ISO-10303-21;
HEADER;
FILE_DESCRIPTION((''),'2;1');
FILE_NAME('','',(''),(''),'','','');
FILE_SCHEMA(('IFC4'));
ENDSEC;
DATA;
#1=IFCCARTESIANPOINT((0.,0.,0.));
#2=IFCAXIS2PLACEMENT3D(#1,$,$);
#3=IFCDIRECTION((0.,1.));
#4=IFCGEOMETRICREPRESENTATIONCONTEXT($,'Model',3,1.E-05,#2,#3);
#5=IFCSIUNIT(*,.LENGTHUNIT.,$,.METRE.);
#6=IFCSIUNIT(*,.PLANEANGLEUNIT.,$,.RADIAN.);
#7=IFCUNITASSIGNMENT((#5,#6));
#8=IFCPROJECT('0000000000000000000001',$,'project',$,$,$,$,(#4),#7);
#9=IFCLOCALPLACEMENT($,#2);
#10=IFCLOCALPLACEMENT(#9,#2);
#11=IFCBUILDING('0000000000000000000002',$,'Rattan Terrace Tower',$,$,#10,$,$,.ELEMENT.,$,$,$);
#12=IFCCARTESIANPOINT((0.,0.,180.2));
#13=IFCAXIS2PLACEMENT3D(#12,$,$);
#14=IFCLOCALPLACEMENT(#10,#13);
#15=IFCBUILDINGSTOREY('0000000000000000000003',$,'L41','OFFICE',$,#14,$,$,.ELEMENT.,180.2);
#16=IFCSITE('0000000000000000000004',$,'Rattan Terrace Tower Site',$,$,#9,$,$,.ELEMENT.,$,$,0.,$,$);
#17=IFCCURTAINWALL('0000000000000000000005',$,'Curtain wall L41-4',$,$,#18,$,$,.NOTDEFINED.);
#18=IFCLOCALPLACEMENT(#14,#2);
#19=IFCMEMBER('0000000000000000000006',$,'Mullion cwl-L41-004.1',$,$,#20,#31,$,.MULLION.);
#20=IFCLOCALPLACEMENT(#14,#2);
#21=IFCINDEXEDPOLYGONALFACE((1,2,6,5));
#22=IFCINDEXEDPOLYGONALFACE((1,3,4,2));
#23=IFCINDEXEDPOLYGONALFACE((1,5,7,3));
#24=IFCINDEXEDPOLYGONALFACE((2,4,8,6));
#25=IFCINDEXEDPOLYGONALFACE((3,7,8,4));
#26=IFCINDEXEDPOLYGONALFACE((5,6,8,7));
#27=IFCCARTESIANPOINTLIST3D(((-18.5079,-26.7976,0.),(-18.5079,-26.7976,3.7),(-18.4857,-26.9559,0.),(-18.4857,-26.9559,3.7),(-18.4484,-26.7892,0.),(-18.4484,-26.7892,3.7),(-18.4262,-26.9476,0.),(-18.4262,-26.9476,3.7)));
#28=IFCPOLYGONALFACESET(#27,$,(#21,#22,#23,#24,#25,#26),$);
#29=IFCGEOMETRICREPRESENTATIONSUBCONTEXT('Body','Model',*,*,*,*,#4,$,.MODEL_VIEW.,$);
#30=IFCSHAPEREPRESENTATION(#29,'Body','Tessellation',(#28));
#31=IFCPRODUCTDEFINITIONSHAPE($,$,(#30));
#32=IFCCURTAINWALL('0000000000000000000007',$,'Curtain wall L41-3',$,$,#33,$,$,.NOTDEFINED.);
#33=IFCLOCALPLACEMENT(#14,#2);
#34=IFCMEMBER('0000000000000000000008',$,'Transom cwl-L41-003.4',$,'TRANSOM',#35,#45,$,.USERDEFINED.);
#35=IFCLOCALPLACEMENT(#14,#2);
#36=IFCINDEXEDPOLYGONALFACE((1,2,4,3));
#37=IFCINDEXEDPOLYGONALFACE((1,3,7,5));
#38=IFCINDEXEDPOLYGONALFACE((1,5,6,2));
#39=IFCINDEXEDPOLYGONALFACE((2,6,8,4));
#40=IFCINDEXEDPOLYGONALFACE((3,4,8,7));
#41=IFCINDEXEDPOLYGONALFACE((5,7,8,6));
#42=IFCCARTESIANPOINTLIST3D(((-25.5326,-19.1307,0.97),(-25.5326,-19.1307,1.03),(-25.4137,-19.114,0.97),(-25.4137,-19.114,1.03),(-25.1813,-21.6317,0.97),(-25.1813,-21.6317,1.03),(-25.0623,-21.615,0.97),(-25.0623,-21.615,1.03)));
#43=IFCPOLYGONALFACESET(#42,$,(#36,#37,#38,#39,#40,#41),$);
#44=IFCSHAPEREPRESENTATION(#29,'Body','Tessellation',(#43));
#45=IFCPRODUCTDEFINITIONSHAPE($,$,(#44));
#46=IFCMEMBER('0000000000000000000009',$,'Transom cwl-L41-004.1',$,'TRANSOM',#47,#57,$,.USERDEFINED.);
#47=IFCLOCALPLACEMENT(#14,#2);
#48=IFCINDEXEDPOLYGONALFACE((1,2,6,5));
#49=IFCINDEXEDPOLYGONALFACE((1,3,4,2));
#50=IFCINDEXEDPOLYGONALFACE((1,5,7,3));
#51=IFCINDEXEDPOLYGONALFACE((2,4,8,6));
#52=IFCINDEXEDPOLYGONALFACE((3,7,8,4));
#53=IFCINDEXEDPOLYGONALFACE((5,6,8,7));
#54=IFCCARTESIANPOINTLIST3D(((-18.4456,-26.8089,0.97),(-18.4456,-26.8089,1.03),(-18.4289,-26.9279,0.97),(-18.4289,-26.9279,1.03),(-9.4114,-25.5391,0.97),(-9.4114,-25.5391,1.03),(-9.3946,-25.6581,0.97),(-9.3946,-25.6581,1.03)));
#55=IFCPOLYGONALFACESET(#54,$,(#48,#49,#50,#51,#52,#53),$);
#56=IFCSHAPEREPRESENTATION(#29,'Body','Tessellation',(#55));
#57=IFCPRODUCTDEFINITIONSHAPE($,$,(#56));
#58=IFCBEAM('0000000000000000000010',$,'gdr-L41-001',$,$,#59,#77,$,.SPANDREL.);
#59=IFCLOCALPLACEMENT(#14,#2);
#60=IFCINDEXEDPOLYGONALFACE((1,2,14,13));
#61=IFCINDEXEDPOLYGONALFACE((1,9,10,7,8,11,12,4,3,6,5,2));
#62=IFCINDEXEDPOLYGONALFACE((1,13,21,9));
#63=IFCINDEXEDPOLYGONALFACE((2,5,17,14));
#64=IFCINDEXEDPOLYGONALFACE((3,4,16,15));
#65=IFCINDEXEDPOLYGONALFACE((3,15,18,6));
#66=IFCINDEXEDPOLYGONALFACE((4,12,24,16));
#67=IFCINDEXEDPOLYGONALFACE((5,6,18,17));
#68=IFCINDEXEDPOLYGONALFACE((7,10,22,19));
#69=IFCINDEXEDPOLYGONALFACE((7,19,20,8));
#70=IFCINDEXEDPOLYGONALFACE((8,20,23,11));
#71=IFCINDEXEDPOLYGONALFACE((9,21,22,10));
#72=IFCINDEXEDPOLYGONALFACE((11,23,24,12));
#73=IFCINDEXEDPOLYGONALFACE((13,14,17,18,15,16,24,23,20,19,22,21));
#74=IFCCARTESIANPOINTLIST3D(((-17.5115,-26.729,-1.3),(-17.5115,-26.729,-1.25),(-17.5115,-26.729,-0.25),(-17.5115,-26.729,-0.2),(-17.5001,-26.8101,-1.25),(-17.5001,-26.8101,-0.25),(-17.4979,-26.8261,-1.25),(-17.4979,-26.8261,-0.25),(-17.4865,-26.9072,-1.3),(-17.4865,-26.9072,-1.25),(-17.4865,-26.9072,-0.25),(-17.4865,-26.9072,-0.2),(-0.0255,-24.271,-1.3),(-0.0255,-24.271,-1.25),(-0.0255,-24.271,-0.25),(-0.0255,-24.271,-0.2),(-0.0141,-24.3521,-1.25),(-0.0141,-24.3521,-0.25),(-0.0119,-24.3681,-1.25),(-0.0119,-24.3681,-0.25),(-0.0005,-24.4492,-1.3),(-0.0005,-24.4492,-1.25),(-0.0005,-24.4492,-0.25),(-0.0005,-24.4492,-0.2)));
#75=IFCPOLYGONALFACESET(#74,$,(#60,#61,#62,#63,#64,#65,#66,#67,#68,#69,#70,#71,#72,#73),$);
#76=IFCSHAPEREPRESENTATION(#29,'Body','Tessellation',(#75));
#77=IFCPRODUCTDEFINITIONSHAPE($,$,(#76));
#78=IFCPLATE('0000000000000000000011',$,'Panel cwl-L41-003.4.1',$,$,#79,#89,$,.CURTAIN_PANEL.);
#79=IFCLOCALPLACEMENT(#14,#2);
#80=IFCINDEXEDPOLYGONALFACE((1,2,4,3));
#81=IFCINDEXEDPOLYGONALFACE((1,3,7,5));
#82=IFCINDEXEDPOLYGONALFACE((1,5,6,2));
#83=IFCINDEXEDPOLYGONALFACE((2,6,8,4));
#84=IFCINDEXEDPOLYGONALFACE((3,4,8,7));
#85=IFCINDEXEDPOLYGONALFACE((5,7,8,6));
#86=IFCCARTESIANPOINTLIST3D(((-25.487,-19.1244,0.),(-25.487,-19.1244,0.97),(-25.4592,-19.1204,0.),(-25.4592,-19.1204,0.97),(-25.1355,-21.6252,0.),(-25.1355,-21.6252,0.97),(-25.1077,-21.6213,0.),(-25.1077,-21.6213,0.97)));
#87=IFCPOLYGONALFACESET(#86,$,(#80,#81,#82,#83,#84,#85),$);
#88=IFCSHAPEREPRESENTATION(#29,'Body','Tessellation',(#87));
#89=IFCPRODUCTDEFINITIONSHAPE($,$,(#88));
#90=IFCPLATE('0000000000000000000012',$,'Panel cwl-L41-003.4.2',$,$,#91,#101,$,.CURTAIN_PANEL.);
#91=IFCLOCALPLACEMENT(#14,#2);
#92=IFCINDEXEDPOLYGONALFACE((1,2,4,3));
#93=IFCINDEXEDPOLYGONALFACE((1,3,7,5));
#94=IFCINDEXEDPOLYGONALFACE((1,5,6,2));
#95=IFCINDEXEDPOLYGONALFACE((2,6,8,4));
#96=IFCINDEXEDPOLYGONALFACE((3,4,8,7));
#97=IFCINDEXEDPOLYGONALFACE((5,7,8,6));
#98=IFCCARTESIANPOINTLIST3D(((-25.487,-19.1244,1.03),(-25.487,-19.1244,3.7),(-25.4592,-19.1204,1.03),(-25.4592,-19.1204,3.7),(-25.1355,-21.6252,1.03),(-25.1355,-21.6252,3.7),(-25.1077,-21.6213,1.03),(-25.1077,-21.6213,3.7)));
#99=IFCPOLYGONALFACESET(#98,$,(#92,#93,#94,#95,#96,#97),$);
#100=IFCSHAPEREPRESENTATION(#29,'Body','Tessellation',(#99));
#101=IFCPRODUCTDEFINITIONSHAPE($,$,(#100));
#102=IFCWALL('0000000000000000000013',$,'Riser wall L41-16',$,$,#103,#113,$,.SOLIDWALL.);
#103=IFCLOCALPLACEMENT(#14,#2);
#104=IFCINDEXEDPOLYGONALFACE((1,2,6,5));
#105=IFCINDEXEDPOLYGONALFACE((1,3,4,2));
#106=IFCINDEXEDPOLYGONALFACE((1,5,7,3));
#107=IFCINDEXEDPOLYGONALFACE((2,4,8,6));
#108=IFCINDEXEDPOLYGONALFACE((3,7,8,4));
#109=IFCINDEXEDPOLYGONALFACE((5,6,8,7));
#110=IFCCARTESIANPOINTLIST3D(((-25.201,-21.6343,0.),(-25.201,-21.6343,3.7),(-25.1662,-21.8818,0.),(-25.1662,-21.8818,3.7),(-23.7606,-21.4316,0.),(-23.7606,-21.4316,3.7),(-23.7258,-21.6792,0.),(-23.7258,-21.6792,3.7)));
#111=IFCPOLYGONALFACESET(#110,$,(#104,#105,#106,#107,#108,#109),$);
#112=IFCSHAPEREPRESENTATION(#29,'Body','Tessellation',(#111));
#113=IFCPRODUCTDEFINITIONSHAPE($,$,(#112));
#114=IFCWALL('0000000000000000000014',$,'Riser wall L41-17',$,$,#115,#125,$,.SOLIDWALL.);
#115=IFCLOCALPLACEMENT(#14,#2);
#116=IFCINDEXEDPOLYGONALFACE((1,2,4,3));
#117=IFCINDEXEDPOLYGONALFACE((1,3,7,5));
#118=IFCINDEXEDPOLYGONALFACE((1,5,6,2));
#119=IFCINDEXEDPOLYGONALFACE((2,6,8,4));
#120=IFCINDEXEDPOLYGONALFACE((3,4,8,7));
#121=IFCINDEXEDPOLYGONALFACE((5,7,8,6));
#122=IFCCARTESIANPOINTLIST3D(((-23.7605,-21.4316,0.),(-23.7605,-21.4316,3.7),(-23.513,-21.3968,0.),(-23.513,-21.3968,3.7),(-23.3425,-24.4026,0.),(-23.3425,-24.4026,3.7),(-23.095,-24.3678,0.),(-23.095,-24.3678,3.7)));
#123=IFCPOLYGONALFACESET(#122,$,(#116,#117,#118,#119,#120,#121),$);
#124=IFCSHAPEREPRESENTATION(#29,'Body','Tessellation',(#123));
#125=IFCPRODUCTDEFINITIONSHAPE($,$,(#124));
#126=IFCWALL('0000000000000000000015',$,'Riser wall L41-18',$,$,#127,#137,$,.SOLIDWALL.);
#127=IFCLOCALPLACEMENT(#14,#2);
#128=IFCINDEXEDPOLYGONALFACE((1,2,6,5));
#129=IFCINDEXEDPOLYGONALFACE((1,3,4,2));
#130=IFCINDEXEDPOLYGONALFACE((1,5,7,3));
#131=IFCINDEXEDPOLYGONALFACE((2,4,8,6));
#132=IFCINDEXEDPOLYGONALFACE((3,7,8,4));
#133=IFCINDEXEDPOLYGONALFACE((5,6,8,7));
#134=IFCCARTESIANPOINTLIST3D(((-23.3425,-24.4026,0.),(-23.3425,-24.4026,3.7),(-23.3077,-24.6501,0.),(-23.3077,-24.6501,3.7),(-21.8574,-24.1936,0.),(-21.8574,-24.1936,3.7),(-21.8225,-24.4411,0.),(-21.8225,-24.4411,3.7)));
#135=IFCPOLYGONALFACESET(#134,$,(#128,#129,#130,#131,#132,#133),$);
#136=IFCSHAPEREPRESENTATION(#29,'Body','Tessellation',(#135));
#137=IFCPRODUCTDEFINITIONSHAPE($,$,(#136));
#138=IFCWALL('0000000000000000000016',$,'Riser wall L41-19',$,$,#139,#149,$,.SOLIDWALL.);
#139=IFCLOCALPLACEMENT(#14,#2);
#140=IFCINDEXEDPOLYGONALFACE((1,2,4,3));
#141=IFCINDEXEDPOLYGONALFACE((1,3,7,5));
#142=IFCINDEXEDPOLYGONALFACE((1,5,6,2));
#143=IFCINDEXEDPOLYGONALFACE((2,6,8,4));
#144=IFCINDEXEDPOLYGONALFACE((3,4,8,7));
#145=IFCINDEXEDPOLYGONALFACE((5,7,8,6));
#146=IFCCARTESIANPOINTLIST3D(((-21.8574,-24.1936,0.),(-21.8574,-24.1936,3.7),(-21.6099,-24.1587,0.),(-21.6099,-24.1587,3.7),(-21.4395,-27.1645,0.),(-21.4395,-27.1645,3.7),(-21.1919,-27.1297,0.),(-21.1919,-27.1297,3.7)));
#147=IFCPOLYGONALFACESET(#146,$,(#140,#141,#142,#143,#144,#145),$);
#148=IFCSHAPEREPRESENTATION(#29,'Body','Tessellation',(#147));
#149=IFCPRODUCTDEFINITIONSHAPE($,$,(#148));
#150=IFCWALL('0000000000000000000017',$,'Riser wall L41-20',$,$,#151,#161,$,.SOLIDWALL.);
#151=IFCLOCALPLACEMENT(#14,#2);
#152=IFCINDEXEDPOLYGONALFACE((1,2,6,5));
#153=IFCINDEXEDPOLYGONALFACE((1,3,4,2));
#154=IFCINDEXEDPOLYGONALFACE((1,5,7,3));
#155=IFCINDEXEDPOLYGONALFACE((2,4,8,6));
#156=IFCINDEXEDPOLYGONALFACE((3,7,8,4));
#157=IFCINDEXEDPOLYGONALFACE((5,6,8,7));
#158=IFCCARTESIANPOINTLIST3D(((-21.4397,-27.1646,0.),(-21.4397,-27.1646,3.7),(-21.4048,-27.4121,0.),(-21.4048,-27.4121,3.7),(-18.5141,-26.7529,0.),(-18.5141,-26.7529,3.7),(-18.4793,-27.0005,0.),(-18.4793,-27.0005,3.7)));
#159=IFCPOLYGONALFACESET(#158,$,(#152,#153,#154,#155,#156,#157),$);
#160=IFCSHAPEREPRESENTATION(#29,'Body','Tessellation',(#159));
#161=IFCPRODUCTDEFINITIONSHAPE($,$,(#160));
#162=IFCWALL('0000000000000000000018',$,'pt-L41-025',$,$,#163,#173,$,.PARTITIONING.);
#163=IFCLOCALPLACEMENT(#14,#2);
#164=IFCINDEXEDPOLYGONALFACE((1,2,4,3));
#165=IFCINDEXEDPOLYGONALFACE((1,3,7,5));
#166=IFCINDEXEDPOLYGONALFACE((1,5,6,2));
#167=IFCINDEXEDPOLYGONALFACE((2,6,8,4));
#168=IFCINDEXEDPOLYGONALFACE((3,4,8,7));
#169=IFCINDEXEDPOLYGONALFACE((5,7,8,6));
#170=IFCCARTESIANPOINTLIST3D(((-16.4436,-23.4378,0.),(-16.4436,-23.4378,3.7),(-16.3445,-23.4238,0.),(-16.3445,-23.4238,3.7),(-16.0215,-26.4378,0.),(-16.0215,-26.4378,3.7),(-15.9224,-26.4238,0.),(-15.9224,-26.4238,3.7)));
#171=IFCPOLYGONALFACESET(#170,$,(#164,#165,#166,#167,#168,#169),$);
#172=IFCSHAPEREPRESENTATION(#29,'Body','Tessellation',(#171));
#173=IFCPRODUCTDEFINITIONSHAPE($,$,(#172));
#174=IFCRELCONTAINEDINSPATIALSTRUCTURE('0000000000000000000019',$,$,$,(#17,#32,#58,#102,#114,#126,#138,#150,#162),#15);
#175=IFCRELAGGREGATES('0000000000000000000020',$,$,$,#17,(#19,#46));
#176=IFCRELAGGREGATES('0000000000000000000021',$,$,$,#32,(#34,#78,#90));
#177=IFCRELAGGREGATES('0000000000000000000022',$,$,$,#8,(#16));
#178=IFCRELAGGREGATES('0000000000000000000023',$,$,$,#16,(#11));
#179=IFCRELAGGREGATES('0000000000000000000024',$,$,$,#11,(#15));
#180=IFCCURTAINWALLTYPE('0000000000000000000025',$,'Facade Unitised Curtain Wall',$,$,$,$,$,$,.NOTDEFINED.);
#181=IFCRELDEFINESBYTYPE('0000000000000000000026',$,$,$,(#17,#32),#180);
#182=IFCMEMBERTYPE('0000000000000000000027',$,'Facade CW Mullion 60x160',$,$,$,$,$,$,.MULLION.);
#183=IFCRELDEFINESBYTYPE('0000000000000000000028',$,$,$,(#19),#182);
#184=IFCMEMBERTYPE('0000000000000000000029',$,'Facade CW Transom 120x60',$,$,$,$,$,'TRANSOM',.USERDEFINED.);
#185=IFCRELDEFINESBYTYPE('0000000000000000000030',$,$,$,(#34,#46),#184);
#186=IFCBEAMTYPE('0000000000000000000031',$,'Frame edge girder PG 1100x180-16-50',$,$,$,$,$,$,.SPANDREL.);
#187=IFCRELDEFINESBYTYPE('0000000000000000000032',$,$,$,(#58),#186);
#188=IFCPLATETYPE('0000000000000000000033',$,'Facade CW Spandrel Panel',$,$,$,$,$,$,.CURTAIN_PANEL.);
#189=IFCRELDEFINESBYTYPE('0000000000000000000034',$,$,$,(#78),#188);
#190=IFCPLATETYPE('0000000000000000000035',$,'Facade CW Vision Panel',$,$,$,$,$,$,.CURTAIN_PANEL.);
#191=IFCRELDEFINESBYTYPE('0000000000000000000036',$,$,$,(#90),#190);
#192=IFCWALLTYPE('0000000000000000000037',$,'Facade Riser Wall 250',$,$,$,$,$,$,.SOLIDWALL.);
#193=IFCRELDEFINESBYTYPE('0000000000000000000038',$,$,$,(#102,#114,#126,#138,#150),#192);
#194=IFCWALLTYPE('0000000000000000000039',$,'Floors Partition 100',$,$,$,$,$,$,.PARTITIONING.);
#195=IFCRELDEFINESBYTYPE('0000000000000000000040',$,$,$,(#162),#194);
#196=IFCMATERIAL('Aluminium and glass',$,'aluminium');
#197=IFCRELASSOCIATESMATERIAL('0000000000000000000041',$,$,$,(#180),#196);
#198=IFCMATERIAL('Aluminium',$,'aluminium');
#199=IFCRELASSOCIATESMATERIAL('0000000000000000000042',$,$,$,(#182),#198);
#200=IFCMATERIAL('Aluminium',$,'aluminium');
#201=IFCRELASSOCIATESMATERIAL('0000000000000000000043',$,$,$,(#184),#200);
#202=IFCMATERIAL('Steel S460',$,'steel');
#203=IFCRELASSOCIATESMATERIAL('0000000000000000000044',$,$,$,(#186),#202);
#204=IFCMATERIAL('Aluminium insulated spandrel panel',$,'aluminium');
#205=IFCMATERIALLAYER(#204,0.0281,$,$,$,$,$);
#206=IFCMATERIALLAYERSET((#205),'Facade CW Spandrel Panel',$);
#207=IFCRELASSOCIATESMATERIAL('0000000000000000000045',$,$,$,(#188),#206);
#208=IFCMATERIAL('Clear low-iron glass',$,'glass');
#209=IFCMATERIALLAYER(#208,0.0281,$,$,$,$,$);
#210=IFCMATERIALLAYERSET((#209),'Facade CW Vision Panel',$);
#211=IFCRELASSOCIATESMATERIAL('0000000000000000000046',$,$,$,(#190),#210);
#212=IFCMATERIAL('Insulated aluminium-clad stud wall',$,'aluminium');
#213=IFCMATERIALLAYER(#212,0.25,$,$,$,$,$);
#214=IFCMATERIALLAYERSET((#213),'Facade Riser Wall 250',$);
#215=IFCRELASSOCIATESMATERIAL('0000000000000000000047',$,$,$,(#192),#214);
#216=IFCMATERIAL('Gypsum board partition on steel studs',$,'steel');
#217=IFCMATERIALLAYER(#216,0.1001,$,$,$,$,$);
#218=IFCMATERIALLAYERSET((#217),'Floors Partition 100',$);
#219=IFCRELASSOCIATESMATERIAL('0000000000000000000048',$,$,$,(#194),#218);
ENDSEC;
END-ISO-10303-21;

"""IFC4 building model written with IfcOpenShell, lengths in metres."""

from ifc_helpers import new_model, si_unit, direction, frame, frame_2d, origin, origin_2d, place, context, subcontext, project, spatial, rectangle, i_section, extrude, material, layer, layer_set, material_profile, profile_set, type_object, element, aggregate, save


model = new_model("IFC4")

# Units and contexts
model_context = context("Model", 3, precision=1e-05, world=origin(), true_north=direction((0.0, 1.0)))
body_context = subcontext(model_context, "Body", "Model", "MODEL_VIEW")
ifc_project = project(units=[si_unit("LENGTHUNIT", "METRE"), si_unit("PLANEANGLEUNIT", "RADIAN")], contexts=[model_context])

# Site, building, storey
site_placement = place(None, origin())
site = spatial("IfcSite", under=ifc_project, at=site_placement, Name="Rattan Terrace Tower Site", CompositionType="ELEMENT", RefElevation=0.0)
building_placement = place(site_placement, origin())
building = spatial("IfcBuilding", under=site, at=building_placement, Name="Rattan Terrace Tower", CompositionType="ELEMENT")
storey_placement = place(building_placement, frame((0.0, 0.0, 180.2)))
storey = spatial("IfcBuildingStorey", under=building, at=storey_placement, Name="L41", Description="OFFICE", CompositionType="ELEMENT", Elevation=180.2)

# Curtain walls, members
ifc_material_1 = material(Name="Aluminium and glass", Category="aluminium")
curtain_wall_type = type_object("IfcCurtainWallType", Name="Facade Unitised Curtain Wall", PredefinedType="NOTDEFINED", material=ifc_material_1)
curtain_wall_1_placement = place(storey_placement, origin())
curtain_wall_1 = element("IfcCurtainWall", 1, at=curtain_wall_1_placement, inside=storey, type_object=curtain_wall_type, Name="Curtain wall L41-4", PredefinedType="NOTDEFINED")
ifc_material_2 = material(Name="Aluminium", Category="aluminium")
ifc_material_profile_1 = material_profile(ifc_material_2, rectangle(XDim=0.0601, YDim=0.1599, at=origin_2d()), Name="Aluminium 60x160")
ifc_profile_set_1 = profile_set([ifc_material_profile_1], Name="Aluminium")
member_type_1 = type_object("IfcMemberType", Name="Facade CW Mullion 60x160", PredefinedType="MULLION", material=ifc_profile_set_1)
member_1_placement = place(storey_placement, frame((-18.467, -26.8726, 0.0), z_axis=(0.0, 0.0, 1.0), x_axis=(0.99027, 0.139161, 0.0)))
member_1 = element("IfcMember", 2, at=member_1_placement, type_object=member_type_1, Name="Mullion cwl-L41-004.1", PredefinedType="MULLION", context=body_context, shape_type="SweptSolid", body=[
    extrude(rectangle(XDim=0.0601, YDim=0.1599, at=origin_2d()), origin(), (0.0, 0.0, 1.0), 3.7),
])
curtain_wall_2_placement = place(storey_placement, origin())
curtain_wall_2 = element("IfcCurtainWall", 3, at=curtain_wall_2_placement, inside=storey, type_object=curtain_wall_type, Name="Curtain wall L41-3", PredefinedType="NOTDEFINED")
ifc_material_3 = material(Name="Aluminium", Category="aluminium")
ifc_material_profile_2 = material_profile(ifc_material_3, rectangle(XDim=0.1201, YDim=0.0601, at=origin_2d()), Name="Aluminium 120x60")
ifc_profile_set_2 = profile_set([ifc_material_profile_2], Name="Aluminium")
member_type_2 = type_object("IfcMemberType", Name="Facade CW Transom 120x60", ElementType="TRANSOM", PredefinedType="USERDEFINED", material=ifc_profile_set_2)
member_2_placement = place(storey_placement, frame((-25.4731, -19.1223, 1.0), z_axis=(0.139107, -0.990277, 0.0), x_axis=(0.990277, 0.139107, 0.0)))
member_2 = element("IfcMember", 4, at=member_2_placement, type_object=member_type_2, Name="Transom cwl-L41-003.4", ObjectType="TRANSOM", PredefinedType="USERDEFINED", context=body_context, shape_type="SweptSolid", body=[
    extrude(rectangle(XDim=0.1201, YDim=0.0601, at=origin_2d()), origin(), (0.0, 0.0, 1.0), 2.5256),
])

# Member
member_3_placement = place(storey_placement, frame((-18.4373, -26.8684, 1.0), z_axis=(0.990266, 0.139184, 0.0), x_axis=(-0.139184, 0.990266, 0.0)))
member_3 = element("IfcMember", 5, at=member_3_placement, type_object=member_type_2, Name="Transom cwl-L41-004.1", ObjectType="TRANSOM", PredefinedType="USERDEFINED", context=body_context, shape_type="SweptSolid", body=[
    extrude(rectangle(XDim=0.1201, YDim=0.0601, at=origin_2d()), origin(), (0.0, 0.0, 1.0), 9.123),
])
aggregate(curtain_wall_1, [member_1, member_3])

# Beam
ifc_material_4 = material(Name="Steel S460", Category="steel")
ifc_material_profile_3 = material_profile(ifc_material_4, i_section(OverallWidth=0.1799, OverallDepth=1.1001, WebThickness=0.0161, FlangeThickness=0.05, at=origin_2d()), Name="PG 1100x180-16-50")
ifc_profile_set_3 = profile_set([ifc_material_profile_3], Name="Steel S460")
beam_type = type_object("IfcBeamType", Name="Frame edge girder PG 1100x180-16-50", PredefinedType="SPANDREL", material=ifc_profile_set_3)
beam_placement = place(storey_placement, frame((-17.499, -26.8181, -0.75), z_axis=(0.990264, 0.139201, 0.0), x_axis=(-0.139201, 0.990264, 0.0)))
element("IfcBeam", 6, at=beam_placement, inside=storey, type_object=beam_type, Name="gdr-L41-001", PredefinedType="SPANDREL", context=body_context, shape_type="SweptSolid", body=[
    extrude(i_section(OverallWidth=0.1799, OverallDepth=1.1001, WebThickness=0.0161, FlangeThickness=0.05, at=origin_2d()), origin(), (0.0, 0.0, 1.0), 17.658),
])

# Plates
ifc_material_5 = material(Name="Aluminium insulated spandrel panel", Category="aluminium")
ifc_layer_1 = layer(ifc_material_5, 0.0281)
ifc_layer_set_1 = layer_set([ifc_layer_1], Name="Facade CW Spandrel Panel")
plate_type_1 = type_object("IfcPlateType", Name="Facade CW Spandrel Panel", PredefinedType="CURTAIN_PANEL", material=ifc_layer_set_1)
plate_1_placement = place(storey_placement, frame((-25.2974, -20.3728, 0.0), z_axis=(0.0, 0.0, 1.0), x_axis=(0.139191, -0.990266, 0.0)))
plate_1 = element("IfcPlate", 7, at=plate_1_placement, type_object=plate_type_1, Name="Panel cwl-L41-003.4.1", PredefinedType="CURTAIN_PANEL", context=body_context, shape_type="SweptSolid", body=[
    extrude(rectangle(XDim=2.5254, YDim=0.0281, at=origin_2d()), origin(), (0.0, 0.0, 1.0), 0.97),
])
ifc_material_6 = material(Name="Clear low-iron glass", Category="glass")
ifc_layer_2 = layer(ifc_material_6, 0.0281)
ifc_layer_set_2 = layer_set([ifc_layer_2], Name="Facade CW Vision Panel")
plate_type_2 = type_object("IfcPlateType", Name="Facade CW Vision Panel", PredefinedType="CURTAIN_PANEL", material=ifc_layer_set_2)
plate_2_placement = place(storey_placement, frame((-25.2974, -20.3728, 1.03), z_axis=(0.0, 0.0, 1.0), x_axis=(0.139191, -0.990266, 0.0)))
plate_2 = element("IfcPlate", 8, at=plate_2_placement, type_object=plate_type_2, Name="Panel cwl-L41-003.4.2", PredefinedType="CURTAIN_PANEL", context=body_context, shape_type="SweptSolid", body=[
    extrude(rectangle(XDim=2.5254, YDim=0.0281, at=origin_2d()), origin(), (0.0, 0.0, 1.0), 2.6699),
])
aggregate(curtain_wall_2, [member_2, plate_1, plate_2])

# Walls
ifc_material_7 = material(Name="Insulated aluminium-clad stud wall", Category="aluminium")
ifc_layer_3 = layer(ifc_material_7, 0.25)
ifc_layer_set_3 = layer_set([ifc_layer_3], Name="Facade Riser Wall 250")
wall_type_1 = type_object("IfcWallType", Name="Facade Riser Wall 250", PredefinedType="SOLIDWALL", material=ifc_layer_set_3)
wall_1_placement = place(storey_placement, frame((-25.1836, -21.7581, 0.0), z_axis=(0.0, 0.0, 1.0), x_axis=(0.990249, 0.139306, 0.0)))
element("IfcWall", 9, at=wall_1_placement, inside=storey, type_object=wall_type_1, Name="Riser wall L41-16", PredefinedType="SOLIDWALL", context=body_context, shape_type="SweptSolid", body=[
    extrude(rectangle(XDim=1.4546, YDim=0.25, at=frame_2d((0.7273, 0.0))), origin(), (0.0, 0.0, 1.0), 3.7),
])
wall_2_placement = place(storey_placement, frame((-23.6367, -21.4143, 0.0), z_axis=(0.0, 0.0, 1.0), x_axis=(0.139313, -0.990248, 0.0)))
element("IfcWall", 10, at=wall_2_placement, inside=storey, type_object=wall_type_1, Name="Riser wall L41-17", PredefinedType="SOLIDWALL", context=body_context, shape_type="SweptSolid", body=[
    extrude(rectangle(XDim=3.0002, YDim=0.25, at=frame_2d((1.5, 0.0))), origin(), (0.0, 0.0, 1.0), 3.7),
])
wall_3_placement = place(storey_placement, frame((-23.3252, -24.5264, 0.0), z_axis=(0.0, 0.0, 1.0), x_axis=(0.990244, 0.139347, 0.0)))
element("IfcWall", 11, at=wall_3_placement, inside=storey, type_object=wall_type_1, Name="Riser wall L41-18", PredefinedType="SOLIDWALL", context=body_context, shape_type="SweptSolid", body=[
    extrude(rectangle(XDim=1.4998, YDim=0.25, at=frame_2d((0.75, 0.0))), origin(), (0.0, 0.0, 1.0), 3.7),
])
wall_4_placement = place(storey_placement, frame((-21.7336, -24.1763, 0.0), z_axis=(0.0, 0.0, 1.0), x_axis=(0.139313, -0.990248, 0.0)))
element("IfcWall", 12, at=wall_4_placement, inside=storey, type_object=wall_type_1, Name="Riser wall L41-19", PredefinedType="SOLIDWALL", context=body_context, shape_type="SweptSolid", body=[
    extrude(rectangle(XDim=3.0002, YDim=0.25, at=frame_2d((1.5, 0.0))), origin(), (0.0, 0.0, 1.0), 3.7),
])
wall_5_placement = place(storey_placement, frame((-21.4221, -27.2883, 0.0), z_axis=(0.0, 0.0, 1.0), x_axis=(0.990246, 0.139327, 0.0)))
element("IfcWall", 13, at=wall_5_placement, inside=storey, type_object=wall_type_1, Name="Riser wall L41-20", PredefinedType="SOLIDWALL", context=body_context, shape_type="SweptSolid", body=[
    extrude(rectangle(XDim=2.9543, YDim=0.25, at=frame_2d((1.4771, 0.0))), origin(), (0.0, 0.0, 1.0), 3.7),
])
ifc_material_8 = material(Name="Gypsum board partition on steel studs", Category="steel")
ifc_layer_4 = layer(ifc_material_8, 0.1001)
ifc_layer_set_4 = layer_set([ifc_layer_4], Name="Floors Partition 100")
wall_type_2 = type_object("IfcWallType", Name="Floors Partition 100", PredefinedType="PARTITIONING", material=ifc_layer_set_4)
wall_6_placement = place(storey_placement, frame((-16.394, -23.4309, 0.0), z_axis=(0.0, 0.0, 1.0), x_axis=(0.139334, -0.990245, 0.0)))
element("IfcWall", 14, at=wall_6_placement, inside=storey, type_object=wall_type_2, Name="pt-L41-025", PredefinedType="PARTITIONING", context=body_context, shape_type="SweptSolid", body=[
    extrude(rectangle(XDim=3.0295, YDim=0.1001, at=frame_2d((1.5146, 0.0))), origin(), (0.0, 0.0, 1.0), 3.7),
])

save(model, "model.ifc")
